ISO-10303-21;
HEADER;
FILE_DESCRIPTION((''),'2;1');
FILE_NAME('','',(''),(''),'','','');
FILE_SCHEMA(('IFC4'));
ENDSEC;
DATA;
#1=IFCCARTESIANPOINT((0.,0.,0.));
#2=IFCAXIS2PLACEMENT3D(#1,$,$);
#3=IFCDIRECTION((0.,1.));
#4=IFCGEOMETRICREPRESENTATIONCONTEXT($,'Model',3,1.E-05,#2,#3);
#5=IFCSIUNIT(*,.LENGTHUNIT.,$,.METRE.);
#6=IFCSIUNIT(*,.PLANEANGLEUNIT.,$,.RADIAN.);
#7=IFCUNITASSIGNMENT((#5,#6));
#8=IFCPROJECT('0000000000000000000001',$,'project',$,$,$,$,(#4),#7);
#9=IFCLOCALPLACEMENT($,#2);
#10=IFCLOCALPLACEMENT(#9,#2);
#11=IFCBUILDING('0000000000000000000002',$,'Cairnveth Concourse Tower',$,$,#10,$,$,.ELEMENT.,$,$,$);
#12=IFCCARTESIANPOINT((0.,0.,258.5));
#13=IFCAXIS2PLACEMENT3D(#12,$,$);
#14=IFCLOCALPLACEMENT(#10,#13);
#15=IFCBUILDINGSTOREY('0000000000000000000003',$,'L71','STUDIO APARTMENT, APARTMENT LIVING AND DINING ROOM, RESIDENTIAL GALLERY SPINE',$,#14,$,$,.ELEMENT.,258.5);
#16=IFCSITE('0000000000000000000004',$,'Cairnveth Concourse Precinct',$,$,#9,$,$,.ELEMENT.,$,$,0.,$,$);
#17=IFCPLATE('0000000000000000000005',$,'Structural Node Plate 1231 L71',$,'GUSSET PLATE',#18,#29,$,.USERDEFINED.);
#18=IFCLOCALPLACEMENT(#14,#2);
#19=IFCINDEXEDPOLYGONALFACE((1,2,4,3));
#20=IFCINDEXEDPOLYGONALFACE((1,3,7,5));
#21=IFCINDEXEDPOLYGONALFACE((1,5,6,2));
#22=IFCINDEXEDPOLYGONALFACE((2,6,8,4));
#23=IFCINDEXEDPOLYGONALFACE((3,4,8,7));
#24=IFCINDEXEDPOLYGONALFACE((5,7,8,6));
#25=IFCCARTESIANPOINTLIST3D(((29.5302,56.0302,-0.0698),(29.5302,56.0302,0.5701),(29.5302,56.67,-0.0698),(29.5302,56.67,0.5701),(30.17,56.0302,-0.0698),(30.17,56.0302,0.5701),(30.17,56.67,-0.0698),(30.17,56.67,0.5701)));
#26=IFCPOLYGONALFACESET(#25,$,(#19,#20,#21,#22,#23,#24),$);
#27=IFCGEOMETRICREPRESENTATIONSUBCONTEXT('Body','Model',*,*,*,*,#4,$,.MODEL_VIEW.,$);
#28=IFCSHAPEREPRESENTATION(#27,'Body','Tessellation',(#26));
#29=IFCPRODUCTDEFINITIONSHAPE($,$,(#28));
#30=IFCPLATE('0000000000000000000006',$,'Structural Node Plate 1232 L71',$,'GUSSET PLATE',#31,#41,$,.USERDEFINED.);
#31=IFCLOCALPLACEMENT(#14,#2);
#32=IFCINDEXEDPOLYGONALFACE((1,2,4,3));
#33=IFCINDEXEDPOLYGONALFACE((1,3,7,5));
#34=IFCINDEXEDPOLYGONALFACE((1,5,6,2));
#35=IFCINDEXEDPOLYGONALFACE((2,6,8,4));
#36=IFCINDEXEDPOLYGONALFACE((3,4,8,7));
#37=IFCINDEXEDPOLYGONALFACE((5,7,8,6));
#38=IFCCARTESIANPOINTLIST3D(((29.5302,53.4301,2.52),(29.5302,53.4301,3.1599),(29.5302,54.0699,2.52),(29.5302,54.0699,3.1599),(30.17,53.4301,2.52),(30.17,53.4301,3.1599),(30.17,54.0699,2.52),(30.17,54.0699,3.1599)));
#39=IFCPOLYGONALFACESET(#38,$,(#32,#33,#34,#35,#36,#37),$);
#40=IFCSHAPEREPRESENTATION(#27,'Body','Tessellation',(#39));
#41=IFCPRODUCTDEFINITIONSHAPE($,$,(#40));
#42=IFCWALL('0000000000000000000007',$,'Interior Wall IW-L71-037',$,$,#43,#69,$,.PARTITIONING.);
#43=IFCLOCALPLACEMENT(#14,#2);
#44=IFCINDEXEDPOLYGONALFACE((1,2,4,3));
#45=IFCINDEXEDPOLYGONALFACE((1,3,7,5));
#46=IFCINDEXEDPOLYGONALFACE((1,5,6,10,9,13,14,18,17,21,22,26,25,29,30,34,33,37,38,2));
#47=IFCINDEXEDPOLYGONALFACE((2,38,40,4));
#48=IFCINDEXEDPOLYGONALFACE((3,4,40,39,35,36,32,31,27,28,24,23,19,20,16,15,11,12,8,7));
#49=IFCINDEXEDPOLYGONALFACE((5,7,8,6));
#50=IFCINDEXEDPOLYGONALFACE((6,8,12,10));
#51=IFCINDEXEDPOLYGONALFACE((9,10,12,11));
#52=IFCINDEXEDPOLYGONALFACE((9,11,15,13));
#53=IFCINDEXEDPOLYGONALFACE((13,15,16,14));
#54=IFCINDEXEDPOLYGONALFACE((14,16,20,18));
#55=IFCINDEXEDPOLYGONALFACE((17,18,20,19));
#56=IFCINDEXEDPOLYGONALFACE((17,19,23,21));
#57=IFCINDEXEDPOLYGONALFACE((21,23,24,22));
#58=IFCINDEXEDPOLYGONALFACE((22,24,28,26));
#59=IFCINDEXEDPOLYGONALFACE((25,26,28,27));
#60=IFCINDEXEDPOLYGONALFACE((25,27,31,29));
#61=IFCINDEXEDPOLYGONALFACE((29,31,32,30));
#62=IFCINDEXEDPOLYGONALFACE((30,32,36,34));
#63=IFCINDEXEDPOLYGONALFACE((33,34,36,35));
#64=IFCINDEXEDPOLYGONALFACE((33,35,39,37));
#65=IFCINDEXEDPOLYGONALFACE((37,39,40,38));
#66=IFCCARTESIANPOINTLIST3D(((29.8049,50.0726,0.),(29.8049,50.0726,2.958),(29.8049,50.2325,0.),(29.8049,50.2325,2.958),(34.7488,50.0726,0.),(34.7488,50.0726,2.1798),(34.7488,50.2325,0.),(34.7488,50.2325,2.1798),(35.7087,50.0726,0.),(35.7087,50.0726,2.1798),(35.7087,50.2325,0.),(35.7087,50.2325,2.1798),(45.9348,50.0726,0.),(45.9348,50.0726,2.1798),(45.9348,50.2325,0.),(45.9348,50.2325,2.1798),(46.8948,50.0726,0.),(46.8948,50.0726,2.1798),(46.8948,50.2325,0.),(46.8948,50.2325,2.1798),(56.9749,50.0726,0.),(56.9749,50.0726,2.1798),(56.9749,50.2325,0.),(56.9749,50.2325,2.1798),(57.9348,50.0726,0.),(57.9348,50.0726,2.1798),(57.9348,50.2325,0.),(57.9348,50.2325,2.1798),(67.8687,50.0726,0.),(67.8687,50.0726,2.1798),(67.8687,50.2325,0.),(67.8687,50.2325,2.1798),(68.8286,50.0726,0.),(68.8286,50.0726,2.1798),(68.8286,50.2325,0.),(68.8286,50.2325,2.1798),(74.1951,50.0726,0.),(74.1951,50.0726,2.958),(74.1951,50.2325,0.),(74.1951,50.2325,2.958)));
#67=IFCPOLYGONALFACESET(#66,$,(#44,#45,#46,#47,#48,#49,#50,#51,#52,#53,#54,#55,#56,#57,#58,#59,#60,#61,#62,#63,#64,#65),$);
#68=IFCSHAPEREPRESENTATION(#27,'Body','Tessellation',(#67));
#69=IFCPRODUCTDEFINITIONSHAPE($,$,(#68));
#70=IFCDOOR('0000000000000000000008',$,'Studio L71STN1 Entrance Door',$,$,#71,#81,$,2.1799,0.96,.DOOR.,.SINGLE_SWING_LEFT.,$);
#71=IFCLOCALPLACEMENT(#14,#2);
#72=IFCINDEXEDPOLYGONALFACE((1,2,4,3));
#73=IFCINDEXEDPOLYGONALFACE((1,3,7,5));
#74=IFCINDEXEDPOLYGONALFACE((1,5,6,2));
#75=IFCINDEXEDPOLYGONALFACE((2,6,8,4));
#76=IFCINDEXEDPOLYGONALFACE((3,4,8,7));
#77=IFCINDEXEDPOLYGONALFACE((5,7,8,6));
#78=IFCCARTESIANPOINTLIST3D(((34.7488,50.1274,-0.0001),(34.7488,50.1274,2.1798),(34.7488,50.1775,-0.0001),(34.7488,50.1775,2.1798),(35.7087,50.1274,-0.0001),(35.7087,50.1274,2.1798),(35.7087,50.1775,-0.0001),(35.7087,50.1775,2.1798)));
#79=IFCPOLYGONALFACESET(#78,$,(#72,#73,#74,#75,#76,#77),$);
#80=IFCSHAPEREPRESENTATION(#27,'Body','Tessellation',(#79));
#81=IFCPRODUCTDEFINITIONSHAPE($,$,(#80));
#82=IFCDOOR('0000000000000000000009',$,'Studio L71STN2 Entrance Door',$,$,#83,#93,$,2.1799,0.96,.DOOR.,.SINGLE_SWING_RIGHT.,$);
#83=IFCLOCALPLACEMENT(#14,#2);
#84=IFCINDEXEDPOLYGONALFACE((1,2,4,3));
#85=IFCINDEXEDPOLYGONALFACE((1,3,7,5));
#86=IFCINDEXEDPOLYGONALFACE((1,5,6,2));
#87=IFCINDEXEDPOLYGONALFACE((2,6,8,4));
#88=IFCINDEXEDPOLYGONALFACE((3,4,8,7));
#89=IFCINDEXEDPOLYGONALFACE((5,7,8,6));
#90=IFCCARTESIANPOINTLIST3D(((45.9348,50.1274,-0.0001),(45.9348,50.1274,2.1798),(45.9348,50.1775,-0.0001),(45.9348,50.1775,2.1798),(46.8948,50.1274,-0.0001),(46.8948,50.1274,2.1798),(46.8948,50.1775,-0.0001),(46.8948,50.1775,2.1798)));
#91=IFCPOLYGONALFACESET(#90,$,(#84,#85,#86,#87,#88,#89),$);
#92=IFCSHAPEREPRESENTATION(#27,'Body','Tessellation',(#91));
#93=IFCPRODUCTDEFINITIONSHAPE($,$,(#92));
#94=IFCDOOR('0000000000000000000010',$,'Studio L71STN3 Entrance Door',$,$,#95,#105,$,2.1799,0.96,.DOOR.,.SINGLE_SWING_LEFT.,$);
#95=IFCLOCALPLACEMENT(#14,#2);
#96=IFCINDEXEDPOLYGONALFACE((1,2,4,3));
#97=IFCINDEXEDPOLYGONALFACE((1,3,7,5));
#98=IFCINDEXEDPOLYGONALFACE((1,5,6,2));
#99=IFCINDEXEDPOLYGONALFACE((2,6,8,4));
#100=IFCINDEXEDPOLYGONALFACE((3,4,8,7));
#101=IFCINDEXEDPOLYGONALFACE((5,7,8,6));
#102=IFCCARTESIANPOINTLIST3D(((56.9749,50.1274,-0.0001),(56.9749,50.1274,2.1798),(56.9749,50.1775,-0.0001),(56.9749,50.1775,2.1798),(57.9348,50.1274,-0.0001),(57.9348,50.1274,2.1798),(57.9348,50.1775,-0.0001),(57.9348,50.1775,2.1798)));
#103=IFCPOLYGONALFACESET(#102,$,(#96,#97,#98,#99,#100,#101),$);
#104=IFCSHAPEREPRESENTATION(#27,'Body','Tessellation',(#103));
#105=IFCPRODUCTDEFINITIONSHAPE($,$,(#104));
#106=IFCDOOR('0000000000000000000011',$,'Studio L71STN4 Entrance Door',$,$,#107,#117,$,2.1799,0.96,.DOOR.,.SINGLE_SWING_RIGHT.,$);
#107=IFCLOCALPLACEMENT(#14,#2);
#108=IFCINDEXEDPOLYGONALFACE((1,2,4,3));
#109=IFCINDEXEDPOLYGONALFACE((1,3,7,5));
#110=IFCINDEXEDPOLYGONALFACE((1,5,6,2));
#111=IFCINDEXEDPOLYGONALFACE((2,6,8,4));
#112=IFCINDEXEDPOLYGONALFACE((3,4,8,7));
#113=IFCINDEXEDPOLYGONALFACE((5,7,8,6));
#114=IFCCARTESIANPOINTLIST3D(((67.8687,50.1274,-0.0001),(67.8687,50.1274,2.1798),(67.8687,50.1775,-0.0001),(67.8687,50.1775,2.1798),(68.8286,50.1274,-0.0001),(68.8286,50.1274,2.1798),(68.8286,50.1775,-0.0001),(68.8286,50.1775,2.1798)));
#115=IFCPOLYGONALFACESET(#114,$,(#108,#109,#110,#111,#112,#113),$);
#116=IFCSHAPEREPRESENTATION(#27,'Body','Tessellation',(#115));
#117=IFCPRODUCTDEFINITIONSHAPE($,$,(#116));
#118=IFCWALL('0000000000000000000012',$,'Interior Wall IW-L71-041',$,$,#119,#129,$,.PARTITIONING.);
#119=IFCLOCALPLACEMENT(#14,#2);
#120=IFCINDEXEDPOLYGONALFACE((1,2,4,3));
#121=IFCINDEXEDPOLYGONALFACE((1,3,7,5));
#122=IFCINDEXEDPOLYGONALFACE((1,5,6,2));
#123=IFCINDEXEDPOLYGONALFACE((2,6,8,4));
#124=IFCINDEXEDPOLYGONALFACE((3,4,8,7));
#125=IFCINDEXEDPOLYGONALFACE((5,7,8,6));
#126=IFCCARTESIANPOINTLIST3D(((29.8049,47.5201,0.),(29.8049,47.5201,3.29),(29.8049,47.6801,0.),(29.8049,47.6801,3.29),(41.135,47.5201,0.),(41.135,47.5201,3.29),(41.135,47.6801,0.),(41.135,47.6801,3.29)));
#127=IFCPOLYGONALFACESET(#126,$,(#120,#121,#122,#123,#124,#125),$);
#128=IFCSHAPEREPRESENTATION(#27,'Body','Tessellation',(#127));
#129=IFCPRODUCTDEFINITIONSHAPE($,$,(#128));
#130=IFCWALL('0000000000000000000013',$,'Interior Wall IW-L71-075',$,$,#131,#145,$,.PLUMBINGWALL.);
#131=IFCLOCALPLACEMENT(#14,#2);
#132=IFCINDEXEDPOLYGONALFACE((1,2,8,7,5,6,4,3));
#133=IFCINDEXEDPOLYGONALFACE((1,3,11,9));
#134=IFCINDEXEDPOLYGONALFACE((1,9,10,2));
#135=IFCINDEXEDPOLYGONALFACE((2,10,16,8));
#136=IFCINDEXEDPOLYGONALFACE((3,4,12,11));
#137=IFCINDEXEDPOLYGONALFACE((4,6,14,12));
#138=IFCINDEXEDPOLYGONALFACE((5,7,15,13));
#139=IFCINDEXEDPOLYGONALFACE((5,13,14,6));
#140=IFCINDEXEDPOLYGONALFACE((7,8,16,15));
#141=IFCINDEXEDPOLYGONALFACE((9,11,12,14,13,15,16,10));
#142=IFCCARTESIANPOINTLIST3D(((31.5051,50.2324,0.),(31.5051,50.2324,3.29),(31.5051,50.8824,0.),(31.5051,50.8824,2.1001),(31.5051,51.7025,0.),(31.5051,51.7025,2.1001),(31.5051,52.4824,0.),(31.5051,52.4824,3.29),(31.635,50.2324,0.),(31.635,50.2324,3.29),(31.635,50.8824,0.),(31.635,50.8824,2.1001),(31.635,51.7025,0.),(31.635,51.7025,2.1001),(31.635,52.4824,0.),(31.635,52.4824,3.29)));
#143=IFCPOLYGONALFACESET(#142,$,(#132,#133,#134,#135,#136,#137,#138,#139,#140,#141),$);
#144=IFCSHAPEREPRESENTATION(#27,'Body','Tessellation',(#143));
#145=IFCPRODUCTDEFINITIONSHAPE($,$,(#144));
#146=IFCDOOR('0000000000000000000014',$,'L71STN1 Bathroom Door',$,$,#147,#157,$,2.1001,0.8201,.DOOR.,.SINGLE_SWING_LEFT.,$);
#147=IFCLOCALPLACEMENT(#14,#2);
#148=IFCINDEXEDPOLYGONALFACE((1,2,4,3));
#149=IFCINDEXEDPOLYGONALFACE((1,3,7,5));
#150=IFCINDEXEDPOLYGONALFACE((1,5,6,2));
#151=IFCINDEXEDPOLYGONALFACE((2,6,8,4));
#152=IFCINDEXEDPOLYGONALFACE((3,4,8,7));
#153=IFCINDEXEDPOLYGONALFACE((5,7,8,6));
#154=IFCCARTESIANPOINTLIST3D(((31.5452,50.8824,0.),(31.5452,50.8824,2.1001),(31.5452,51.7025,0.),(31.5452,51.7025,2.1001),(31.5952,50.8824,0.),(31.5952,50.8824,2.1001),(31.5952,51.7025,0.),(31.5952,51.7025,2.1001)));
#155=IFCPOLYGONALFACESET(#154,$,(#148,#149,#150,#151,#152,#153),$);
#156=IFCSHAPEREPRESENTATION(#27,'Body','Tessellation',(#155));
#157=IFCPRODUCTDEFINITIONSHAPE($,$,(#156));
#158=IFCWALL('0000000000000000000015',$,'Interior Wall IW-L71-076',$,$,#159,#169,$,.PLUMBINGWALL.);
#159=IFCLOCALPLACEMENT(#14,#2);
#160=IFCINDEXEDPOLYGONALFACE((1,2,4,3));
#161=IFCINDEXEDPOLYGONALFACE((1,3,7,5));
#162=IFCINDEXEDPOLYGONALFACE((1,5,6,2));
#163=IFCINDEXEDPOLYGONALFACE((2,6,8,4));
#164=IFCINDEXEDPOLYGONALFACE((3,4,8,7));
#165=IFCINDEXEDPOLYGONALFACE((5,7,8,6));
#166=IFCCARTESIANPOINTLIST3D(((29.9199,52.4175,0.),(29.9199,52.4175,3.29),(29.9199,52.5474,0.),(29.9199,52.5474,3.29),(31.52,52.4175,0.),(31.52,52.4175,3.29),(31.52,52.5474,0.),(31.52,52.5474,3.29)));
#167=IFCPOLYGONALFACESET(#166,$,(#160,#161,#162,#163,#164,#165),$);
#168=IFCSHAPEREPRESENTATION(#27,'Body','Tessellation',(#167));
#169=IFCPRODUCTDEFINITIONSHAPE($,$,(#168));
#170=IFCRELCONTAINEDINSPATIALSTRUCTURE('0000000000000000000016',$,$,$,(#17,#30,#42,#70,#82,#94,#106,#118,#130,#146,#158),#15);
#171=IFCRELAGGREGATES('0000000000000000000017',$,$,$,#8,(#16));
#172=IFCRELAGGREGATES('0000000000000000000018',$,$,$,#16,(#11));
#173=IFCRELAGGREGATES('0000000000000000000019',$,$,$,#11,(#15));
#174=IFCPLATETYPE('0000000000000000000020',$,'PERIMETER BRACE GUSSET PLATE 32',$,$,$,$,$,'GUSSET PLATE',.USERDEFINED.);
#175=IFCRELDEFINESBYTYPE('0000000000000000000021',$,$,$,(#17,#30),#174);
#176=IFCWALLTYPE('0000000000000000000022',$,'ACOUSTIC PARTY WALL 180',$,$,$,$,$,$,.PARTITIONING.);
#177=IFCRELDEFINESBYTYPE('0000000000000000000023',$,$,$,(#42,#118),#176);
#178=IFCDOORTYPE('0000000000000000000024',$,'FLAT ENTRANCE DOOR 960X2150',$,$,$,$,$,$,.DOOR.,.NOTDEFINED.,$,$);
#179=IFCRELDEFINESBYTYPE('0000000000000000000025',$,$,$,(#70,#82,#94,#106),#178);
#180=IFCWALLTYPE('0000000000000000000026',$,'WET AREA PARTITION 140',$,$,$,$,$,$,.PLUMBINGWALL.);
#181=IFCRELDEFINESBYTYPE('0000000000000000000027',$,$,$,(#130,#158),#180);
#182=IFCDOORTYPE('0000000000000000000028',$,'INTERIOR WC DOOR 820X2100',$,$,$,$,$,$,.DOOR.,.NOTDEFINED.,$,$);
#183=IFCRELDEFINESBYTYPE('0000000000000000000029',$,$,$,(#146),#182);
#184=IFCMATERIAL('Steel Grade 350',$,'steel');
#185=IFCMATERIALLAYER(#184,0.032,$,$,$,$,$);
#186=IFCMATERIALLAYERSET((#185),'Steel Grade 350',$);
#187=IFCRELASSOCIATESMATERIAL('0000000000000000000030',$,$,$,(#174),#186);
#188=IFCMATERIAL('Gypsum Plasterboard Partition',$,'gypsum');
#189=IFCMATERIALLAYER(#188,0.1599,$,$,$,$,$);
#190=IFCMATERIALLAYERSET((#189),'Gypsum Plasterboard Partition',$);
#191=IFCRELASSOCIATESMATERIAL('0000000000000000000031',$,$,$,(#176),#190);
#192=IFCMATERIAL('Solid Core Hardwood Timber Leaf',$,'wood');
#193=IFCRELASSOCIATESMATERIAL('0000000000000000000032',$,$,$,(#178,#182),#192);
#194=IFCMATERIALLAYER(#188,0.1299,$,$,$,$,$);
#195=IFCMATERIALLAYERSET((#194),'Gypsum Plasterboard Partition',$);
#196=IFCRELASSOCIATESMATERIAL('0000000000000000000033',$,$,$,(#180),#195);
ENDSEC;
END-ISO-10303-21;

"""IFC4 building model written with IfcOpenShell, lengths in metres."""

from ifc_helpers import new_model, si_unit, direction, frame, frame_2d, origin, origin_2d, place, context, subcontext, project, spatial, rectangle, extrude, material, layer, layer_set, type_object, element, fill, save


model = new_model("IFC4")

# Units and contexts
model_context = context("Model", 3, precision=1e-05, world=origin(), true_north=direction((0.0, 1.0)))
body_context = subcontext(model_context, "Body", "Model", "MODEL_VIEW")
ifc_project = project(units=[si_unit("LENGTHUNIT", "METRE"), si_unit("PLANEANGLEUNIT", "RADIAN")], contexts=[model_context])

# Site, building, storey
site_placement = place(None, origin())
site = spatial("IfcSite", under=ifc_project, at=site_placement, Name="Cairnveth Concourse Precinct", CompositionType="ELEMENT", RefElevation=0.0)
building_placement = place(site_placement, origin())
building = spatial("IfcBuilding", under=site, at=building_placement, Name="Cairnveth Concourse Tower", CompositionType="ELEMENT")
storey_placement = place(building_placement, frame((0.0, 0.0, 258.5)))
storey = spatial("IfcBuildingStorey", under=building, at=storey_placement, Name="L71", Description="STUDIO APARTMENT, APARTMENT LIVING AND DINING ROOM, RESIDENTIAL GALLERY SPINE", CompositionType="ELEMENT", Elevation=258.5)

# Shared definitions
ifc_material_1 = material(Name="Steel Grade 350", Category="steel")

# Plates
ifc_layer_1 = layer(ifc_material_1, 0.032)
ifc_layer_set_1 = layer_set([ifc_layer_1], Name="Steel Grade 350")
plate_type = type_object("IfcPlateType", Name="PERIMETER BRACE GUSSET PLATE 32", ElementType="GUSSET PLATE", PredefinedType="USERDEFINED", material=ifc_layer_set_1)
for number, where, z_axis, x_axis, name in (
    (1, (29.8501, 56.3501, -0.0698), (0.0, 0.0, 1.0), (1.0, 0.0, 0.0), "Structural Node Plate 1231 L71"),
    (2, (29.8501, 53.75, 2.52), (0.0, 0.0, 1.0), (1.0, 0.0, 0.0), "Structural Node Plate 1232 L71"),
):
    element("IfcPlate", number, at=place(storey_placement, frame(where, z_axis=z_axis, x_axis=x_axis)), inside=storey, type_object=plate_type, Name=name, ObjectType="GUSSET PLATE", PredefinedType="USERDEFINED", context=body_context, shape_type="SweptSolid", body=[
        extrude(rectangle(XDim=0.6399, YDim=0.6399, at=origin_2d()), origin(), (0.0, 0.0, 1.0), 0.6399),
    ])

# Wall, openings, doors
ifc_material_2 = material(Name="Gypsum Plasterboard Partition", Category="gypsum")
ifc_layer_2 = layer(ifc_material_2, 0.1599)
ifc_layer_set_2 = layer_set([ifc_layer_2], Name="Gypsum Plasterboard Partition")
wall_type_1 = type_object("IfcWallType", Name="ACOUSTIC PARTY WALL 180", PredefinedType="PARTITIONING", material=ifc_layer_set_2)
wall_1_placement = place(storey_placement, frame((29.8049, 50.1526, 0.0), z_axis=(0.0, 0.0, 1.0), x_axis=(1.0, 0.0, 0.0)))
wall_1 = element("IfcWall", 3, at=wall_1_placement, inside=storey, type_object=wall_type_1, Name="Interior Wall IW-L71-037", PredefinedType="PARTITIONING", context=body_context, shape_type="SweptSolid", body=[
    extrude(rectangle(XDim=44.3901, YDim=0.1599, at=frame_2d((22.1951, 0.0))), origin(), (0.0, 0.0, 1.0), 2.958),
])
opening_1_placement = place(wall_1_placement, frame((4.9438, 0.0, 0.0)))
opening_1 = element("IfcOpeningElement", 4, at=opening_1_placement, cuts=wall_1, PredefinedType="OPENING", context=body_context, shape_type="SweptSolid", body=[
    extrude(rectangle(XDim=0.96, YDim=2.1799, at=frame_2d((0.48, 1.0898))), frame((0.0, 0.0898, 0.0), z_axis=(0.0, -1.0, 0.0), x_axis=(1.0, 0.0, 0.0)), (0.0, 0.0, 1.0), 0.1799),
])
opening_2_placement = place(wall_1_placement, frame((16.1299, 0.0, 0.0)))
opening_2 = element("IfcOpeningElement", 5, at=opening_2_placement, cuts=wall_1, PredefinedType="OPENING", context=body_context, shape_type="SweptSolid", body=[
    extrude(rectangle(XDim=0.96, YDim=2.1799, at=frame_2d((0.48, 1.0898))), frame((0.0, 0.0898, 0.0), z_axis=(0.0, -1.0, 0.0), x_axis=(1.0, 0.0, 0.0)), (0.0, 0.0, 1.0), 0.1799),
])
opening_3_placement = place(wall_1_placement, frame((27.1699, 0.0, 0.0)))
opening_3 = element("IfcOpeningElement", 6, at=opening_3_placement, cuts=wall_1, PredefinedType="OPENING", context=body_context, shape_type="SweptSolid", body=[
    extrude(rectangle(XDim=0.96, YDim=2.1799, at=frame_2d((0.48, 1.0898))), frame((0.0, 0.0898, 0.0), z_axis=(0.0, -1.0, 0.0), x_axis=(1.0, 0.0, 0.0)), (0.0, 0.0, 1.0), 0.1799),
])
opening_4_placement = place(wall_1_placement, frame((38.0637, 0.0, 0.0)))
opening_4 = element("IfcOpeningElement", 7, at=opening_4_placement, cuts=wall_1, PredefinedType="OPENING", context=body_context, shape_type="SweptSolid", body=[
    extrude(rectangle(XDim=0.96, YDim=2.1799, at=frame_2d((0.48, 1.0898))), frame((0.0, 0.0898, 0.0), z_axis=(0.0, -1.0, 0.0), x_axis=(1.0, 0.0, 0.0)), (0.0, 0.0, 1.0), 0.1799),
])
ifc_material_3 = material(Name="Solid Core Hardwood Timber Leaf", Category="wood")
door_type_1 = type_object("IfcDoorType", Name="FLAT ENTRANCE DOOR 960X2150", OperationType="NOTDEFINED", PredefinedType="DOOR", material=ifc_material_3)
door_1_placement = place(opening_1_placement, origin())
door_1 = element("IfcDoor", 8, at=door_1_placement, inside=storey, type_object=door_type_1, Name="Studio L71STN1 Entrance Door", OperationType="SINGLE_SWING_LEFT", OverallHeight=2.1799, OverallWidth=0.96, PredefinedType="DOOR", context=body_context, shape_type="SweptSolid", body=[
    extrude(rectangle(XDim=0.96, YDim=2.1799, at=frame_2d((0.48, 1.0898))), frame((0.0, 0.0249, 0.0), z_axis=(0.0, -1.0, 0.0), x_axis=(1.0, 0.0, 0.0)), (0.0, 0.0, 1.0), 0.05),
])
fill(opening_1, door_1)
door_2_placement = place(opening_2_placement, origin())
door_2 = element("IfcDoor", 9, at=door_2_placement, inside=storey, type_object=door_type_1, Name="Studio L71STN2 Entrance Door", OperationType="SINGLE_SWING_RIGHT", OverallHeight=2.1799, OverallWidth=0.96, PredefinedType="DOOR", context=body_context, shape_type="SweptSolid", body=[
    extrude(rectangle(XDim=0.96, YDim=2.1799, at=frame_2d((0.48, 1.0898))), frame((0.0, 0.0249, 0.0), z_axis=(0.0, -1.0, 0.0), x_axis=(1.0, 0.0, 0.0)), (0.0, 0.0, 1.0), 0.05),
])
fill(opening_2, door_2)
door_3_placement = place(opening_3_placement, origin())
door_3 = element("IfcDoor", 10, at=door_3_placement, inside=storey, type_object=door_type_1, Name="Studio L71STN3 Entrance Door", OperationType="SINGLE_SWING_LEFT", OverallHeight=2.1799, OverallWidth=0.96, PredefinedType="DOOR", context=body_context, shape_type="SweptSolid", body=[
    extrude(rectangle(XDim=0.96, YDim=2.1799, at=frame_2d((0.48, 1.0898))), frame((0.0, 0.0249, 0.0), z_axis=(0.0, -1.0, 0.0), x_axis=(1.0, 0.0, 0.0)), (0.0, 0.0, 1.0), 0.05),
])
fill(opening_3, door_3)
door_4_placement = place(opening_4_placement, origin())
door_4 = element("IfcDoor", 11, at=door_4_placement, inside=storey, type_object=door_type_1, Name="Studio L71STN4 Entrance Door", OperationType="SINGLE_SWING_RIGHT", OverallHeight=2.1799, OverallWidth=0.96, PredefinedType="DOOR", context=body_context, shape_type="SweptSolid", body=[
    extrude(rectangle(XDim=0.96, YDim=2.1799, at=frame_2d((0.48, 1.0898))), frame((0.0, 0.0249, 0.0), z_axis=(0.0, -1.0, 0.0), x_axis=(1.0, 0.0, 0.0)), (0.0, 0.0, 1.0), 0.05),
])
fill(opening_4, door_4)

# Wall
wall_2_placement = place(storey_placement, frame((29.8049, 47.6001, 0.0), z_axis=(0.0, 0.0, 1.0), x_axis=(1.0, 0.0, 0.0)))
element("IfcWall", 12, at=wall_2_placement, inside=storey, type_object=wall_type_1, Name="Interior Wall IW-L71-041", PredefinedType="PARTITIONING", context=body_context, shape_type="SweptSolid", body=[
    extrude(rectangle(XDim=11.3301, YDim=0.1599, at=frame_2d((5.665, 0.0))), origin(), (0.0, 0.0, 1.0), 3.29),
])

# Wall, opening, door
ifc_layer_3 = layer(ifc_material_2, 0.1299)
ifc_layer_set_3 = layer_set([ifc_layer_3], Name="Gypsum Plasterboard Partition")
wall_type_2 = type_object("IfcWallType", Name="WET AREA PARTITION 140", PredefinedType="PLUMBINGWALL", material=ifc_layer_set_3)
wall_3_placement = place(storey_placement, frame((31.5701, 50.2324, 0.0), z_axis=(0.0, 0.0, 1.0), x_axis=(0.0, 1.0, 0.0)))
wall_3 = element("IfcWall", 13, at=wall_3_placement, inside=storey, type_object=wall_type_2, Name="Interior Wall IW-L71-075", PredefinedType="PLUMBINGWALL", context=body_context, shape_type="SweptSolid", body=[
    extrude(rectangle(XDim=2.25, YDim=0.1299, at=frame_2d((1.125, 0.0))), origin(), (0.0, 0.0, 1.0), 3.29),
])
opening_5_placement = place(wall_3_placement, frame((0.6499, 0.0, 0.0)))
opening_5 = element("IfcOpeningElement", 14, at=opening_5_placement, cuts=wall_3, PredefinedType="OPENING", context=body_context, shape_type="SweptSolid", body=[
    extrude(rectangle(XDim=0.8201, YDim=2.1001, at=frame_2d((0.4102, 1.05))), frame((0.0, 0.075, 0.0), z_axis=(0.0, -1.0, 0.0), x_axis=(1.0, 0.0, 0.0)), (0.0, 0.0, 1.0), 0.1499),
])
door_type_2 = type_object("IfcDoorType", Name="INTERIOR WC DOOR 820X2100", OperationType="NOTDEFINED", PredefinedType="DOOR", material=ifc_material_3)
door_5_placement = place(opening_5_placement, origin())
door_5 = element("IfcDoor", 15, at=door_5_placement, inside=storey, type_object=door_type_2, Name="L71STN1 Bathroom Door", OperationType="SINGLE_SWING_LEFT", OverallHeight=2.1001, OverallWidth=0.8201, PredefinedType="DOOR", context=body_context, shape_type="SweptSolid", body=[
    extrude(rectangle(XDim=0.8201, YDim=2.1001, at=frame_2d((0.4102, 1.05))), frame((0.0, 0.0249, 0.0), z_axis=(0.0, -1.0, 0.0), x_axis=(1.0, 0.0, 0.0)), (0.0, 0.0, 1.0), 0.05),
])
fill(opening_5, door_5)

# Wall
wall_4_placement = place(storey_placement, frame((29.9199, 52.4824, 0.0), z_axis=(0.0, 0.0, 1.0), x_axis=(1.0, 0.0, 0.0)))
element("IfcWall", 16, at=wall_4_placement, inside=storey, type_object=wall_type_2, Name="Interior Wall IW-L71-076", PredefinedType="PLUMBINGWALL", context=body_context, shape_type="SweptSolid", body=[
    extrude(rectangle(XDim=1.6001, YDim=0.1299, at=frame_2d((0.8, 0.0))), origin(), (0.0, 0.0, 1.0), 3.29),
])

save(model, "model.ifc")
